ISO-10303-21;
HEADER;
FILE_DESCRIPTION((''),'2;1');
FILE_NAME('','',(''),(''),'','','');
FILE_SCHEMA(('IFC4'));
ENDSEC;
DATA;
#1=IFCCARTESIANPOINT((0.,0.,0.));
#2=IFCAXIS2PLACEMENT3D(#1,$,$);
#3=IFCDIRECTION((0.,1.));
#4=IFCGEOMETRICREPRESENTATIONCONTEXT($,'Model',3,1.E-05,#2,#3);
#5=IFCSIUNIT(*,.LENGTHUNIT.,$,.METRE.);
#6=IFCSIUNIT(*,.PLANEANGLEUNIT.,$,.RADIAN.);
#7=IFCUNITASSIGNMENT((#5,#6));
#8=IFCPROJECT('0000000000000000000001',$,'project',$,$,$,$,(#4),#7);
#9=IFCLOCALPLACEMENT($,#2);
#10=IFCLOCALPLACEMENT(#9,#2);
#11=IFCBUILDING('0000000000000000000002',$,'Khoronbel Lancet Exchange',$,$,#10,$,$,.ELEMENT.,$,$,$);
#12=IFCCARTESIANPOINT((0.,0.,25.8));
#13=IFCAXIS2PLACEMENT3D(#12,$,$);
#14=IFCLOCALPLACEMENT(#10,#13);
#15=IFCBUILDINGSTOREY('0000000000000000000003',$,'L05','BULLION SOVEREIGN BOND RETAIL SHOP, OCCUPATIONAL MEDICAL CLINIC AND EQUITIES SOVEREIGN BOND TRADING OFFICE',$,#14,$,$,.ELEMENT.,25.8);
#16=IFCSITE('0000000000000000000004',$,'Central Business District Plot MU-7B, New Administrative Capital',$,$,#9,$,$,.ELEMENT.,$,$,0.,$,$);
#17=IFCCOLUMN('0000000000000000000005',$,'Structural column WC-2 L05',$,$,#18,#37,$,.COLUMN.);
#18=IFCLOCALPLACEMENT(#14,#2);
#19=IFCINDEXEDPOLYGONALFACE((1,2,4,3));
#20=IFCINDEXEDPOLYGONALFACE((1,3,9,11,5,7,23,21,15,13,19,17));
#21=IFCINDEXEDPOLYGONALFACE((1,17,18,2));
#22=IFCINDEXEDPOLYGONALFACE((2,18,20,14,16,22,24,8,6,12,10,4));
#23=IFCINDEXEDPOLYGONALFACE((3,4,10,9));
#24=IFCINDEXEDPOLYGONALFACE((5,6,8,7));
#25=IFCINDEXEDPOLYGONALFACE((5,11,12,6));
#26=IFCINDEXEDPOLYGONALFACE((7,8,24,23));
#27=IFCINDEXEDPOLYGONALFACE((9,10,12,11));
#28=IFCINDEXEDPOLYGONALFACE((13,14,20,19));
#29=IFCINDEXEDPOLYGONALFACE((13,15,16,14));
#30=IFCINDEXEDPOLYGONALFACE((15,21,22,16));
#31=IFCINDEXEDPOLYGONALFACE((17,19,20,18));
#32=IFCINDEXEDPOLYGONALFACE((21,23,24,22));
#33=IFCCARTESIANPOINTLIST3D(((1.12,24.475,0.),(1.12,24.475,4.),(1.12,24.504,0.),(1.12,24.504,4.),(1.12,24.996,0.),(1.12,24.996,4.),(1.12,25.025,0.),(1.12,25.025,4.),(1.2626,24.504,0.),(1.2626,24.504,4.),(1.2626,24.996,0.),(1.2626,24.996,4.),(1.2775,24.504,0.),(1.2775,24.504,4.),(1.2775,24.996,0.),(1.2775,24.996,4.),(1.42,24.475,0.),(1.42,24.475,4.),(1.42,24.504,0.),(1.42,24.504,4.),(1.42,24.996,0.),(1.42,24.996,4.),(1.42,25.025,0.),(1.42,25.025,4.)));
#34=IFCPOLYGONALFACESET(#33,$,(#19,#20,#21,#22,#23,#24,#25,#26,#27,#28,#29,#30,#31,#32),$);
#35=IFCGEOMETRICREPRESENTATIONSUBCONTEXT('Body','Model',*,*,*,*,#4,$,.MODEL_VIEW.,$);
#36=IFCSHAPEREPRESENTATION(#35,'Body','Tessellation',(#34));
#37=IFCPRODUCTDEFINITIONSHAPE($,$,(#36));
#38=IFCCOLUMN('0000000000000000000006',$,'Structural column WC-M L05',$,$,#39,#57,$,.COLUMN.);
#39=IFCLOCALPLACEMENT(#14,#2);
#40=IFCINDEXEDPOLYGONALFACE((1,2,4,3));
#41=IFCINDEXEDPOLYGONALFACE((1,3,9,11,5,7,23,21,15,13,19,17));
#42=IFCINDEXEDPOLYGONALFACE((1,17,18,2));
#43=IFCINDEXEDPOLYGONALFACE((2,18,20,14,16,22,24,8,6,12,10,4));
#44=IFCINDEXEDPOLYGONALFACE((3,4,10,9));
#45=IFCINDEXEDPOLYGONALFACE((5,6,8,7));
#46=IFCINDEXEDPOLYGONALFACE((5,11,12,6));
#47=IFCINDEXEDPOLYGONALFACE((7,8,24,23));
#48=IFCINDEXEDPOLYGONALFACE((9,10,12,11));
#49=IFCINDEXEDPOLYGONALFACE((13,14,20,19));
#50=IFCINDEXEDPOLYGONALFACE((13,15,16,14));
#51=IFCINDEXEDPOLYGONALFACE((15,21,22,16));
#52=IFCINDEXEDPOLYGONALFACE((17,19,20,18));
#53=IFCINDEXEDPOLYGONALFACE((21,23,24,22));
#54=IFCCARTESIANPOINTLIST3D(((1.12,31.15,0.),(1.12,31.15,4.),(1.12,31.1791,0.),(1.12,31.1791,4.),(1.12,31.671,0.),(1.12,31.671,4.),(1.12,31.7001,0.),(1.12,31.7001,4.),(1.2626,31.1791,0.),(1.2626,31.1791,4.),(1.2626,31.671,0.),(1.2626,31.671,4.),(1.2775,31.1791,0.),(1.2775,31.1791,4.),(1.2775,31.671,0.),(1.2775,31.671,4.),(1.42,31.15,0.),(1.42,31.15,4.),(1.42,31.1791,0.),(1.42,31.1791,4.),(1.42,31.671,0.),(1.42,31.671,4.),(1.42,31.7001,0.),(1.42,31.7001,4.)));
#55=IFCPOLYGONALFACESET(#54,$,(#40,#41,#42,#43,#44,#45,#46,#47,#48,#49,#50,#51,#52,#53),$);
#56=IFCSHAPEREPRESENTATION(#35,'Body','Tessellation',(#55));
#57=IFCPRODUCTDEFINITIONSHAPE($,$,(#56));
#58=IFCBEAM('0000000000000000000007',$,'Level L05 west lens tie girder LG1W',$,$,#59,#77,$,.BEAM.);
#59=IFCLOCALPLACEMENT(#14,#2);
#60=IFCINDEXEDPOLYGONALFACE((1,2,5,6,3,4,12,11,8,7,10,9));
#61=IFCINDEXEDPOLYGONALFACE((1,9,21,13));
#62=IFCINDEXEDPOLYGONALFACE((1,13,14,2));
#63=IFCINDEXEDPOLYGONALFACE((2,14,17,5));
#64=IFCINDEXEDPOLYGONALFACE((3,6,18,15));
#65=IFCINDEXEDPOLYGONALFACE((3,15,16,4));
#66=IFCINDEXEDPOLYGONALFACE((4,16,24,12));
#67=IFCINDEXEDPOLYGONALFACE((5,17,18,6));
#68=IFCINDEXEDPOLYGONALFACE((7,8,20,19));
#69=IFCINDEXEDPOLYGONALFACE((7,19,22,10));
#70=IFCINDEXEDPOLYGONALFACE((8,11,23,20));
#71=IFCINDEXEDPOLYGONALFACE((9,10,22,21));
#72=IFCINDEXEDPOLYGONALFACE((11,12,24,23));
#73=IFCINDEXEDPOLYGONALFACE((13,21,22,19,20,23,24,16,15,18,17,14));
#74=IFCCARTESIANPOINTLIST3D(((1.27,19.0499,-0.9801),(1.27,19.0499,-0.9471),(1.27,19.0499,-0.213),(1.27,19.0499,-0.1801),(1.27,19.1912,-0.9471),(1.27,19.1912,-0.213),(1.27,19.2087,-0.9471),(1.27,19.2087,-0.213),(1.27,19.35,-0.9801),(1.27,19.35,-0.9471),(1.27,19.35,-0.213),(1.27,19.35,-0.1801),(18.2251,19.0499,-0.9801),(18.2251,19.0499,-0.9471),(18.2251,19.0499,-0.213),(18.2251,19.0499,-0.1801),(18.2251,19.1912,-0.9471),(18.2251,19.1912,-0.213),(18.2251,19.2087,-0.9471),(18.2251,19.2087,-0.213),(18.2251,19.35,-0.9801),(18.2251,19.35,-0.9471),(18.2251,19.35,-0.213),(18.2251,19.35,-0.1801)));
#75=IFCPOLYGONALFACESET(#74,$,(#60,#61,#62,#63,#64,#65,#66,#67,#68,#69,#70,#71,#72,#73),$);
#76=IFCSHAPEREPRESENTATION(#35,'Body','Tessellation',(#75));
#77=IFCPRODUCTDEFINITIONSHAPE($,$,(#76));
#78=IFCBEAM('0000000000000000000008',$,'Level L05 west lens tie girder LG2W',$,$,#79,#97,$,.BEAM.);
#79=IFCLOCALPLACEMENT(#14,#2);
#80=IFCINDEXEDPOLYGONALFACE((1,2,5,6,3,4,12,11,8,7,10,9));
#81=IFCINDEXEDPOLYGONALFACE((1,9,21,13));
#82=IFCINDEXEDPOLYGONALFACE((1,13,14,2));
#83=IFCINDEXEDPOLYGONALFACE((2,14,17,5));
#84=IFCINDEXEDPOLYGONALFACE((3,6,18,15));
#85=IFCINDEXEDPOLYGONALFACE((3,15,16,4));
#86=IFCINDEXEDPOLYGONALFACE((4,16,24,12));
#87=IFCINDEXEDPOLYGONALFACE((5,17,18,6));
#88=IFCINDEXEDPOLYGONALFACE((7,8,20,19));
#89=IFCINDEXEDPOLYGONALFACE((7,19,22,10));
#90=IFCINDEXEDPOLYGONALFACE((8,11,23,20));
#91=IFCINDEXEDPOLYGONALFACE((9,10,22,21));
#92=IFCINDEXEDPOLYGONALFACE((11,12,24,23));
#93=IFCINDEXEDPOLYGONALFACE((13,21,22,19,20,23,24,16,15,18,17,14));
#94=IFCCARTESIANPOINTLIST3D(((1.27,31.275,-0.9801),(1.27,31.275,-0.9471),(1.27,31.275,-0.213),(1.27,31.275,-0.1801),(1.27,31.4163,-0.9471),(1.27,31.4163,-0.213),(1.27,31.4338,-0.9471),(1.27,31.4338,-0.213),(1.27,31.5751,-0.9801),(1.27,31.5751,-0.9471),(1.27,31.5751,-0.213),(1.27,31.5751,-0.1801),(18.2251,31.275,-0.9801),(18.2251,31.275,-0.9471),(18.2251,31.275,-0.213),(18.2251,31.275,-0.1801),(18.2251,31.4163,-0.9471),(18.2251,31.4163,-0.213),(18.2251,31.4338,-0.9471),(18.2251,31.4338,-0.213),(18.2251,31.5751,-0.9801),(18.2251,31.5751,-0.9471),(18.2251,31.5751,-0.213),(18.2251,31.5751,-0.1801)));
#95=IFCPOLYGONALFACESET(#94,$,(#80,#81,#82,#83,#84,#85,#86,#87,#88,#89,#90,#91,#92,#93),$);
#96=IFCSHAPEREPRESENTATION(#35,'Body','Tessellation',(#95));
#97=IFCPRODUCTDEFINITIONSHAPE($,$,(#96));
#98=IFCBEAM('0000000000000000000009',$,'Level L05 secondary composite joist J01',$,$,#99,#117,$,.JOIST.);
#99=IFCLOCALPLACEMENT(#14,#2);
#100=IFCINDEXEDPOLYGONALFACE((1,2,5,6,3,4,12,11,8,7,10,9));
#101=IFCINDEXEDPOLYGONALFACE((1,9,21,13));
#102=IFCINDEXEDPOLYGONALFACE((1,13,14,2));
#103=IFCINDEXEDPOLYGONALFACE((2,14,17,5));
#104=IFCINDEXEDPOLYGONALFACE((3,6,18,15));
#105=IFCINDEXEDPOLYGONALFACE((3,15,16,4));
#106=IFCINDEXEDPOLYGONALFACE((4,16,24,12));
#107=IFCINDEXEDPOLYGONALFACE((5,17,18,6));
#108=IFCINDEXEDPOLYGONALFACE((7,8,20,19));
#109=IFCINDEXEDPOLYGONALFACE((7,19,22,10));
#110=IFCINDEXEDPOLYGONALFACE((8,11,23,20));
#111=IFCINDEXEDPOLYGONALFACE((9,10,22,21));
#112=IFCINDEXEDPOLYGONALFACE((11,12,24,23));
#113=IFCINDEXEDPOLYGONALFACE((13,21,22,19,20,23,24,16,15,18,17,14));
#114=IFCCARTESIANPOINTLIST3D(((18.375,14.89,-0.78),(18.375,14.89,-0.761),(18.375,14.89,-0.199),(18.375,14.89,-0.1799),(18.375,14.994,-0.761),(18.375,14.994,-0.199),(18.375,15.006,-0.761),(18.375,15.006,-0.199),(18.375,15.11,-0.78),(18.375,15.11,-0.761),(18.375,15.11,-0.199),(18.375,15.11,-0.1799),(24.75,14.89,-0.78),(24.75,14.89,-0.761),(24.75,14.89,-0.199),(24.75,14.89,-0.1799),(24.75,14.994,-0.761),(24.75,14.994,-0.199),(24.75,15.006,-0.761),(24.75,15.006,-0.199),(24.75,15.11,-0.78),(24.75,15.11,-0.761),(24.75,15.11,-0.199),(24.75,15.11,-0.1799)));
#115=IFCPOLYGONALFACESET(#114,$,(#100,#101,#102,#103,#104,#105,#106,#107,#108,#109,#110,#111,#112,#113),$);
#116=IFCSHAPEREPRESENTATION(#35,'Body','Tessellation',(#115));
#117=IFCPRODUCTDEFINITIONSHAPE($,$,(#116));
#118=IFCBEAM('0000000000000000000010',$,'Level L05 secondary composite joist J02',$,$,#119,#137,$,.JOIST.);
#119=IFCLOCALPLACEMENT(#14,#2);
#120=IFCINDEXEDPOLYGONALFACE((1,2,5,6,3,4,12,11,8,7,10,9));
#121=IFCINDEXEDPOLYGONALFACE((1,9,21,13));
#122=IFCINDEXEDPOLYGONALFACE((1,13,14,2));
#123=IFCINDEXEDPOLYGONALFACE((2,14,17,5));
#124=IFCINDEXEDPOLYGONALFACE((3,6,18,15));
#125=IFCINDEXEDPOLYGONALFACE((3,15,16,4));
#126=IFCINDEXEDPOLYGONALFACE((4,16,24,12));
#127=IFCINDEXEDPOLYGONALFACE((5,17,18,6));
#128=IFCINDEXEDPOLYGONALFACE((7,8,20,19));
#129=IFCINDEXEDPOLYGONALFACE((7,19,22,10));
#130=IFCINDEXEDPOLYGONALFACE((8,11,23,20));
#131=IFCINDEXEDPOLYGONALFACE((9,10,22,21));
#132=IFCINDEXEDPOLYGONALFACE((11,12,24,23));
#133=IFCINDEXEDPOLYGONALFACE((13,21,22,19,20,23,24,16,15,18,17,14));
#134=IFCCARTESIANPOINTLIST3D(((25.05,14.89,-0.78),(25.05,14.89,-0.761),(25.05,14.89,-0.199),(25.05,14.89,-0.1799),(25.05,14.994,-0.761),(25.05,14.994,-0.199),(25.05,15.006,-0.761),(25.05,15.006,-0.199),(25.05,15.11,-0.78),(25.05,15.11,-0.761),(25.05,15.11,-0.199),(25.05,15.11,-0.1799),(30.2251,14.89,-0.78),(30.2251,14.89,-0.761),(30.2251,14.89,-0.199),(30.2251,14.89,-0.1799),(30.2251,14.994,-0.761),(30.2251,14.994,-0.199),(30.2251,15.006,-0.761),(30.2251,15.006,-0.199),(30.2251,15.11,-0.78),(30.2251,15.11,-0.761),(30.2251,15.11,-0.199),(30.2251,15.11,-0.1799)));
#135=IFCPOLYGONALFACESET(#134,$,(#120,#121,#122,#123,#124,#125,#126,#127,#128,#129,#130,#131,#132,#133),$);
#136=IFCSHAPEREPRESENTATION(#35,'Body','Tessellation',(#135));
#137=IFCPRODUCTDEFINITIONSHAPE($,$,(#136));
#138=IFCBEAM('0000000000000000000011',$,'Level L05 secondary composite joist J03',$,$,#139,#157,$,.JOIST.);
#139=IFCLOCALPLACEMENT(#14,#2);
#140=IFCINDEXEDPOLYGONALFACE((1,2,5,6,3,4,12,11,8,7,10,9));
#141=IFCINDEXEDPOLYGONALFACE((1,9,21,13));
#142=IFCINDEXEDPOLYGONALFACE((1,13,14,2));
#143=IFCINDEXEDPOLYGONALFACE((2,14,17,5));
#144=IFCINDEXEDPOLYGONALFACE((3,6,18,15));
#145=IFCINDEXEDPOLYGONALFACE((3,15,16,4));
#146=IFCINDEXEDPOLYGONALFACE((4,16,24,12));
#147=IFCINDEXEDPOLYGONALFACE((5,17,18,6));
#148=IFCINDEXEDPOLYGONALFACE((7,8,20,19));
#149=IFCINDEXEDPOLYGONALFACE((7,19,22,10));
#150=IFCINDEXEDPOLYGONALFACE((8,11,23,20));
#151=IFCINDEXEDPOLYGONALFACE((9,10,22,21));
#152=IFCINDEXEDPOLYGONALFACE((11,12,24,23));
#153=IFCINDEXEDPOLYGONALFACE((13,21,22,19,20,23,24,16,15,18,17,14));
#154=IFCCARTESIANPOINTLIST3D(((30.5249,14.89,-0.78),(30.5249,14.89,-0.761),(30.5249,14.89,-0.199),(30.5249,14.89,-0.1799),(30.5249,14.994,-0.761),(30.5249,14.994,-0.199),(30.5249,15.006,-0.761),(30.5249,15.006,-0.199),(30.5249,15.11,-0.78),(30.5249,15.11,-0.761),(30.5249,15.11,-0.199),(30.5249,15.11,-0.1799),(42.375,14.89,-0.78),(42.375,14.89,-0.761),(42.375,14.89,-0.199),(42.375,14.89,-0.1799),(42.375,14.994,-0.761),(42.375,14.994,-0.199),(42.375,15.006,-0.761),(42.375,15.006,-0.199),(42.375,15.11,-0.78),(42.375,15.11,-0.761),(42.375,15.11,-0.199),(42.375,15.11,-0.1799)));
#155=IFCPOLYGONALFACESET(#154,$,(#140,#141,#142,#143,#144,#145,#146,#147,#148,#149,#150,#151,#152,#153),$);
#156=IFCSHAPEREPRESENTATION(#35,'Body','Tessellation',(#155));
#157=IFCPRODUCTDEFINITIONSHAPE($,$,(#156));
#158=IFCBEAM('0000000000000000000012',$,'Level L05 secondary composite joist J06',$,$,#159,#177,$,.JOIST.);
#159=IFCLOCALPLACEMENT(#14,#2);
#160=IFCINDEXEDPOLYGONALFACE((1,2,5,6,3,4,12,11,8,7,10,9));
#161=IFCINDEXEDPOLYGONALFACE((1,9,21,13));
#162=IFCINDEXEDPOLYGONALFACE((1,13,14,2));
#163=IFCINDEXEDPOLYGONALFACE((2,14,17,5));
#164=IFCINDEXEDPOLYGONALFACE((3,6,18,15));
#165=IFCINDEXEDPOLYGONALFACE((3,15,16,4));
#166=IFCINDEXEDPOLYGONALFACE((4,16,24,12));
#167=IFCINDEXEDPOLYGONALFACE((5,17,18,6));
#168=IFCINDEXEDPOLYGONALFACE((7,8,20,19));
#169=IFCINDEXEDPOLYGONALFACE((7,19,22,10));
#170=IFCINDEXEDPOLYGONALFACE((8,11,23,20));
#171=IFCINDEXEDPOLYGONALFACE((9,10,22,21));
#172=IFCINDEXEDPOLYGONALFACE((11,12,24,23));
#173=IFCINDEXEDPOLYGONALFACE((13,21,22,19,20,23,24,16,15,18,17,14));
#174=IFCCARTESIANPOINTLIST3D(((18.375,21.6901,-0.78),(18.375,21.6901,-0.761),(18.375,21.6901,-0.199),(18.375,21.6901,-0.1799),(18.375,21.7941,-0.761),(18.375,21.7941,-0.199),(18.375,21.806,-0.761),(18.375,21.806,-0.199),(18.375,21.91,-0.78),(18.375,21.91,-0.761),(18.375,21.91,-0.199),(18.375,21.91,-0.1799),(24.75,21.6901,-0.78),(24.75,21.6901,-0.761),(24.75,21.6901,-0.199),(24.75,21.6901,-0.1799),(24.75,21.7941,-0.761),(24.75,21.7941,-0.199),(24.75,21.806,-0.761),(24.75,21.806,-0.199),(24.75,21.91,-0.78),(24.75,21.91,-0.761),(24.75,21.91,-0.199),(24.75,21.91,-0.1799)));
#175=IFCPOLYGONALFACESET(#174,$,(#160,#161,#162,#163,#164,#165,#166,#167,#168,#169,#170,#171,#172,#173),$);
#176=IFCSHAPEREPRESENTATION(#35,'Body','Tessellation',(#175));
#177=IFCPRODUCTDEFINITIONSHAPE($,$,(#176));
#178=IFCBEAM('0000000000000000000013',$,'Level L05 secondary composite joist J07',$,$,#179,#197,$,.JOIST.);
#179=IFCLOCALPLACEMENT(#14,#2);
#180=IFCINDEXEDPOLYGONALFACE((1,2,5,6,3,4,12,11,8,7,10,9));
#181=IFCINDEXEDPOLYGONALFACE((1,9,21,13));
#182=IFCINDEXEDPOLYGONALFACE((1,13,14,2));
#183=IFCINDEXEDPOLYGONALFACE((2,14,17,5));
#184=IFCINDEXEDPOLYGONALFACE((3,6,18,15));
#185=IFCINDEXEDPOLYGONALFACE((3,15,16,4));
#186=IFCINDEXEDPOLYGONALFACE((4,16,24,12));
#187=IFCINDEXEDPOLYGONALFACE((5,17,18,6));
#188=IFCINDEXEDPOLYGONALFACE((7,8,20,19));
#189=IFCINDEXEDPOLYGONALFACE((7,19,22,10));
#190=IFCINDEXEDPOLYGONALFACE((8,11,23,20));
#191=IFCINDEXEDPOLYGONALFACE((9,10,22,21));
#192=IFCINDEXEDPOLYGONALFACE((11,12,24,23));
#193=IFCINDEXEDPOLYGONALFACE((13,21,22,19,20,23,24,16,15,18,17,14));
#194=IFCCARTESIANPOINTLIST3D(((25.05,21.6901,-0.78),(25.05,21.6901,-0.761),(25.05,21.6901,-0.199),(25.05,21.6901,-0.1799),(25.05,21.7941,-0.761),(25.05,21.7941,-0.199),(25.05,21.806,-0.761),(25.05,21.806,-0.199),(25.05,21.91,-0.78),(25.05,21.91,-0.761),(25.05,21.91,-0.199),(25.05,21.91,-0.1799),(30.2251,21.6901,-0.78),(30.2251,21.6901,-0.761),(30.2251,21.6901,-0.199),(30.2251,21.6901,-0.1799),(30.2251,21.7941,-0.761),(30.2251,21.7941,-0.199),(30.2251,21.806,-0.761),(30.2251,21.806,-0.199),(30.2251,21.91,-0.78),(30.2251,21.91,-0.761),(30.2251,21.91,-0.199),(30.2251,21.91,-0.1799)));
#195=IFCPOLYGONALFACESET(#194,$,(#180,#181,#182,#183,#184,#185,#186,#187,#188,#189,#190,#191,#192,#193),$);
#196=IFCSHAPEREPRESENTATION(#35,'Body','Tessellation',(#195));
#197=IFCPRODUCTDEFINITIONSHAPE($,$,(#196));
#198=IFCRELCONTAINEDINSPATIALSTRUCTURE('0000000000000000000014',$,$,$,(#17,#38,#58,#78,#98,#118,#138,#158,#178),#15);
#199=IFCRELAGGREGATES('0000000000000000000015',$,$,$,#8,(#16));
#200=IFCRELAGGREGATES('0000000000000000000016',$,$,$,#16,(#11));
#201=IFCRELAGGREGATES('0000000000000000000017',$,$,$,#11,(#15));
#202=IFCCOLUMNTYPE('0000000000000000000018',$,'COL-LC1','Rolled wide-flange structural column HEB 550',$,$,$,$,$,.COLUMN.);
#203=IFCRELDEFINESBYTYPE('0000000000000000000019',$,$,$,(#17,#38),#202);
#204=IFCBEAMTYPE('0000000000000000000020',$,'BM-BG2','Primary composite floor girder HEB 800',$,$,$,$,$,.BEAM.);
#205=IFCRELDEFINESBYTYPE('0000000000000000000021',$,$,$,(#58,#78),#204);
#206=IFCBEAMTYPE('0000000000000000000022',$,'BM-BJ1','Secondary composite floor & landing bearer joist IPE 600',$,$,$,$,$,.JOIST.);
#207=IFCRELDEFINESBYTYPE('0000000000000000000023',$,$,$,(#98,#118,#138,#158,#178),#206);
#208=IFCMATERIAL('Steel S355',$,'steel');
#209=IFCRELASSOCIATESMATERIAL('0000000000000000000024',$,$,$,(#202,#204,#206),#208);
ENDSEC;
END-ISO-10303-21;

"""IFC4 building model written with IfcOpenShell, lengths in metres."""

from ifc_helpers import new_model, si_unit, direction, frame, origin, origin_2d, place, context, subcontext, project, spatial, i_section, extrude, material, material_profile, profile_set, type_object, element, save


model = new_model("IFC4")

# Units and contexts
model_context = context("Model", 3, precision=1e-05, world=origin(), true_north=direction((0.0, 1.0)))
body_context = subcontext(model_context, "Body", "Model", "MODEL_VIEW")
ifc_project = project(units=[si_unit("LENGTHUNIT", "METRE"), si_unit("PLANEANGLEUNIT", "RADIAN")], contexts=[model_context])

# Site, building, storey
site_placement = place(None, origin())
site = spatial("IfcSite", under=ifc_project, at=site_placement, Name="Central Business District Plot MU-7B, New Administrative Capital", CompositionType="ELEMENT", RefElevation=0.0)
building_placement = place(site_placement, origin())
building = spatial("IfcBuilding", under=site, at=building_placement, Name="Khoronbel Lancet Exchange", CompositionType="ELEMENT")
storey_placement = place(building_placement, frame((0.0, 0.0, 25.8)))
storey = spatial("IfcBuildingStorey", under=building, at=storey_placement, Name="L05", Description="BULLION SOVEREIGN BOND RETAIL SHOP, OCCUPATIONAL MEDICAL CLINIC AND EQUITIES SOVEREIGN BOND TRADING OFFICE", CompositionType="ELEMENT", Elevation=25.8)

# Columns
ifc_material_1 = material(Name="Steel S355", Category="steel")
ifc_material_profile_1 = material_profile(ifc_material_1, i_section(OverallWidth=0.3, OverallDepth=0.55, WebThickness=0.0149, FlangeThickness=0.0291, at=origin_2d()), Name="HEB 550")
ifc_profile_set_1 = profile_set([ifc_material_profile_1], Name="Steel S355")
column_type = type_object("IfcColumnType", Name="COL-LC1", Description="Rolled wide-flange structural column HEB 550", PredefinedType="COLUMN", material=ifc_profile_set_1)
for number, where, z_axis, x_axis, name in (
    (1, (1.27, 24.75, 0.0), (0.0, 0.0, 1.0), (1.0, 0.0, 0.0), "Structural column WC-2 L05"),
    (2, (1.27, 31.425, 0.0), (0.0, 0.0, 1.0), (1.0, 0.0, 0.0), "Structural column WC-M L05"),
):
    element("IfcColumn", number, at=place(storey_placement, frame(where, z_axis=z_axis, x_axis=x_axis)), inside=storey, type_object=column_type, Name=name, PredefinedType="COLUMN", context=body_context, shape_type="SweptSolid", body=[
        extrude(i_section(OverallWidth=0.3, OverallDepth=0.55, WebThickness=0.0149, FlangeThickness=0.0291, at=origin_2d()), origin(), (0.0, 0.0, 1.0), 4.0),
    ])

# Beams
ifc_material_profile_2 = material_profile(ifc_material_1, i_section(OverallWidth=0.3, OverallDepth=0.8, WebThickness=0.0176, FlangeThickness=0.033, at=origin_2d()), Name="HEB 800")
ifc_profile_set_2 = profile_set([ifc_material_profile_2], Name="Steel S355")
beam_type_1 = type_object("IfcBeamType", Name="BM-BG2", Description="Primary composite floor girder HEB 800", PredefinedType="BEAM", material=ifc_profile_set_2)
for number, where, z_axis, x_axis, name in (
    (3, (1.27, 19.2, -0.5801), (1.0, 0.0, 0.0), (0.0, 1.0, 0.0), "Level L05 west lens tie girder LG1W"),
    (4, (1.27, 31.425, -0.5801), (1.0, 0.0, 0.0), (0.0, 1.0, 0.0), "Level L05 west lens tie girder LG2W"),
):
    element("IfcBeam", number, at=place(storey_placement, frame(where, z_axis=z_axis, x_axis=x_axis)), inside=storey, type_object=beam_type_1, Name=name, PredefinedType="BEAM", context=body_context, shape_type="SweptSolid", body=[
        extrude(i_section(OverallWidth=0.3, OverallDepth=0.8, WebThickness=0.0176, FlangeThickness=0.033, at=origin_2d()), origin(), (0.0, 0.0, 1.0), 16.9551),
    ])
ifc_material_profile_3 = material_profile(ifc_material_1, i_section(OverallWidth=0.22, OverallDepth=0.6001, WebThickness=0.012, FlangeThickness=0.019, at=origin_2d()), Name="IPE 600")
ifc_profile_set_3 = profile_set([ifc_material_profile_3], Name="Steel S355")
beam_type_2 = type_object("IfcBeamType", Name="BM-BJ1", Description="Secondary composite floor & landing bearer joist IPE 600", PredefinedType="JOIST", material=ifc_profile_set_3)
beam_1_placement = place(storey_placement, frame((18.375, 15.0, -0.48), z_axis=(1.0, 0.0, 0.0), x_axis=(0.0, 1.0, 0.0)))
element("IfcBeam", 5, at=beam_1_placement, inside=storey, type_object=beam_type_2, Name="Level L05 secondary composite joist J01", PredefinedType="JOIST", context=body_context, shape_type="SweptSolid", body=[
    extrude(i_section(OverallWidth=0.22, OverallDepth=0.6001, WebThickness=0.012, FlangeThickness=0.019, at=origin_2d()), origin(), (0.0, 0.0, 1.0), 6.375),
])
beam_2_placement = place(storey_placement, frame((25.05, 15.0, -0.48), z_axis=(1.0, 0.0, 0.0), x_axis=(0.0, 1.0, 0.0)))
element("IfcBeam", 6, at=beam_2_placement, inside=storey, type_object=beam_type_2, Name="Level L05 secondary composite joist J02", PredefinedType="JOIST", context=body_context, shape_type="SweptSolid", body=[
    extrude(i_section(OverallWidth=0.22, OverallDepth=0.6001, WebThickness=0.012, FlangeThickness=0.019, at=origin_2d()), origin(), (0.0, 0.0, 1.0), 5.175),
])
beam_3_placement = place(storey_placement, frame((30.5249, 15.0, -0.48), z_axis=(1.0, 0.0, 0.0), x_axis=(0.0, 1.0, 0.0)))
element("IfcBeam", 7, at=beam_3_placement, inside=storey, type_object=beam_type_2, Name="Level L05 secondary composite joist J03", PredefinedType="JOIST", context=body_context, shape_type="SweptSolid", body=[
    extrude(i_section(OverallWidth=0.22, OverallDepth=0.6001, WebThickness=0.012, FlangeThickness=0.019, at=origin_2d()), origin(), (0.0, 0.0, 1.0), 11.8501),
])
beam_4_placement = place(storey_placement, frame((18.375, 21.8, -0.48), z_axis=(1.0, 0.0, 0.0), x_axis=(0.0, 1.0, 0.0)))
element("IfcBeam", 8, at=beam_4_placement, inside=storey, type_object=beam_type_2, Name="Level L05 secondary composite joist J06", PredefinedType="JOIST", context=body_context, shape_type="SweptSolid", body=[
    extrude(i_section(OverallWidth=0.22, OverallDepth=0.6001, WebThickness=0.012, FlangeThickness=0.019, at=origin_2d()), origin(), (0.0, 0.0, 1.0), 6.375),
])
beam_5_placement = place(storey_placement, frame((25.05, 21.8, -0.48), z_axis=(1.0, 0.0, 0.0), x_axis=(0.0, 1.0, 0.0)))
element("IfcBeam", 9, at=beam_5_placement, inside=storey, type_object=beam_type_2, Name="Level L05 secondary composite joist J07", PredefinedType="JOIST", context=body_context, shape_type="SweptSolid", body=[
    extrude(i_section(OverallWidth=0.22, OverallDepth=0.6001, WebThickness=0.012, FlangeThickness=0.019, at=origin_2d()), origin(), (0.0, 0.0, 1.0), 5.175),
])

save(model, "model.ifc")
